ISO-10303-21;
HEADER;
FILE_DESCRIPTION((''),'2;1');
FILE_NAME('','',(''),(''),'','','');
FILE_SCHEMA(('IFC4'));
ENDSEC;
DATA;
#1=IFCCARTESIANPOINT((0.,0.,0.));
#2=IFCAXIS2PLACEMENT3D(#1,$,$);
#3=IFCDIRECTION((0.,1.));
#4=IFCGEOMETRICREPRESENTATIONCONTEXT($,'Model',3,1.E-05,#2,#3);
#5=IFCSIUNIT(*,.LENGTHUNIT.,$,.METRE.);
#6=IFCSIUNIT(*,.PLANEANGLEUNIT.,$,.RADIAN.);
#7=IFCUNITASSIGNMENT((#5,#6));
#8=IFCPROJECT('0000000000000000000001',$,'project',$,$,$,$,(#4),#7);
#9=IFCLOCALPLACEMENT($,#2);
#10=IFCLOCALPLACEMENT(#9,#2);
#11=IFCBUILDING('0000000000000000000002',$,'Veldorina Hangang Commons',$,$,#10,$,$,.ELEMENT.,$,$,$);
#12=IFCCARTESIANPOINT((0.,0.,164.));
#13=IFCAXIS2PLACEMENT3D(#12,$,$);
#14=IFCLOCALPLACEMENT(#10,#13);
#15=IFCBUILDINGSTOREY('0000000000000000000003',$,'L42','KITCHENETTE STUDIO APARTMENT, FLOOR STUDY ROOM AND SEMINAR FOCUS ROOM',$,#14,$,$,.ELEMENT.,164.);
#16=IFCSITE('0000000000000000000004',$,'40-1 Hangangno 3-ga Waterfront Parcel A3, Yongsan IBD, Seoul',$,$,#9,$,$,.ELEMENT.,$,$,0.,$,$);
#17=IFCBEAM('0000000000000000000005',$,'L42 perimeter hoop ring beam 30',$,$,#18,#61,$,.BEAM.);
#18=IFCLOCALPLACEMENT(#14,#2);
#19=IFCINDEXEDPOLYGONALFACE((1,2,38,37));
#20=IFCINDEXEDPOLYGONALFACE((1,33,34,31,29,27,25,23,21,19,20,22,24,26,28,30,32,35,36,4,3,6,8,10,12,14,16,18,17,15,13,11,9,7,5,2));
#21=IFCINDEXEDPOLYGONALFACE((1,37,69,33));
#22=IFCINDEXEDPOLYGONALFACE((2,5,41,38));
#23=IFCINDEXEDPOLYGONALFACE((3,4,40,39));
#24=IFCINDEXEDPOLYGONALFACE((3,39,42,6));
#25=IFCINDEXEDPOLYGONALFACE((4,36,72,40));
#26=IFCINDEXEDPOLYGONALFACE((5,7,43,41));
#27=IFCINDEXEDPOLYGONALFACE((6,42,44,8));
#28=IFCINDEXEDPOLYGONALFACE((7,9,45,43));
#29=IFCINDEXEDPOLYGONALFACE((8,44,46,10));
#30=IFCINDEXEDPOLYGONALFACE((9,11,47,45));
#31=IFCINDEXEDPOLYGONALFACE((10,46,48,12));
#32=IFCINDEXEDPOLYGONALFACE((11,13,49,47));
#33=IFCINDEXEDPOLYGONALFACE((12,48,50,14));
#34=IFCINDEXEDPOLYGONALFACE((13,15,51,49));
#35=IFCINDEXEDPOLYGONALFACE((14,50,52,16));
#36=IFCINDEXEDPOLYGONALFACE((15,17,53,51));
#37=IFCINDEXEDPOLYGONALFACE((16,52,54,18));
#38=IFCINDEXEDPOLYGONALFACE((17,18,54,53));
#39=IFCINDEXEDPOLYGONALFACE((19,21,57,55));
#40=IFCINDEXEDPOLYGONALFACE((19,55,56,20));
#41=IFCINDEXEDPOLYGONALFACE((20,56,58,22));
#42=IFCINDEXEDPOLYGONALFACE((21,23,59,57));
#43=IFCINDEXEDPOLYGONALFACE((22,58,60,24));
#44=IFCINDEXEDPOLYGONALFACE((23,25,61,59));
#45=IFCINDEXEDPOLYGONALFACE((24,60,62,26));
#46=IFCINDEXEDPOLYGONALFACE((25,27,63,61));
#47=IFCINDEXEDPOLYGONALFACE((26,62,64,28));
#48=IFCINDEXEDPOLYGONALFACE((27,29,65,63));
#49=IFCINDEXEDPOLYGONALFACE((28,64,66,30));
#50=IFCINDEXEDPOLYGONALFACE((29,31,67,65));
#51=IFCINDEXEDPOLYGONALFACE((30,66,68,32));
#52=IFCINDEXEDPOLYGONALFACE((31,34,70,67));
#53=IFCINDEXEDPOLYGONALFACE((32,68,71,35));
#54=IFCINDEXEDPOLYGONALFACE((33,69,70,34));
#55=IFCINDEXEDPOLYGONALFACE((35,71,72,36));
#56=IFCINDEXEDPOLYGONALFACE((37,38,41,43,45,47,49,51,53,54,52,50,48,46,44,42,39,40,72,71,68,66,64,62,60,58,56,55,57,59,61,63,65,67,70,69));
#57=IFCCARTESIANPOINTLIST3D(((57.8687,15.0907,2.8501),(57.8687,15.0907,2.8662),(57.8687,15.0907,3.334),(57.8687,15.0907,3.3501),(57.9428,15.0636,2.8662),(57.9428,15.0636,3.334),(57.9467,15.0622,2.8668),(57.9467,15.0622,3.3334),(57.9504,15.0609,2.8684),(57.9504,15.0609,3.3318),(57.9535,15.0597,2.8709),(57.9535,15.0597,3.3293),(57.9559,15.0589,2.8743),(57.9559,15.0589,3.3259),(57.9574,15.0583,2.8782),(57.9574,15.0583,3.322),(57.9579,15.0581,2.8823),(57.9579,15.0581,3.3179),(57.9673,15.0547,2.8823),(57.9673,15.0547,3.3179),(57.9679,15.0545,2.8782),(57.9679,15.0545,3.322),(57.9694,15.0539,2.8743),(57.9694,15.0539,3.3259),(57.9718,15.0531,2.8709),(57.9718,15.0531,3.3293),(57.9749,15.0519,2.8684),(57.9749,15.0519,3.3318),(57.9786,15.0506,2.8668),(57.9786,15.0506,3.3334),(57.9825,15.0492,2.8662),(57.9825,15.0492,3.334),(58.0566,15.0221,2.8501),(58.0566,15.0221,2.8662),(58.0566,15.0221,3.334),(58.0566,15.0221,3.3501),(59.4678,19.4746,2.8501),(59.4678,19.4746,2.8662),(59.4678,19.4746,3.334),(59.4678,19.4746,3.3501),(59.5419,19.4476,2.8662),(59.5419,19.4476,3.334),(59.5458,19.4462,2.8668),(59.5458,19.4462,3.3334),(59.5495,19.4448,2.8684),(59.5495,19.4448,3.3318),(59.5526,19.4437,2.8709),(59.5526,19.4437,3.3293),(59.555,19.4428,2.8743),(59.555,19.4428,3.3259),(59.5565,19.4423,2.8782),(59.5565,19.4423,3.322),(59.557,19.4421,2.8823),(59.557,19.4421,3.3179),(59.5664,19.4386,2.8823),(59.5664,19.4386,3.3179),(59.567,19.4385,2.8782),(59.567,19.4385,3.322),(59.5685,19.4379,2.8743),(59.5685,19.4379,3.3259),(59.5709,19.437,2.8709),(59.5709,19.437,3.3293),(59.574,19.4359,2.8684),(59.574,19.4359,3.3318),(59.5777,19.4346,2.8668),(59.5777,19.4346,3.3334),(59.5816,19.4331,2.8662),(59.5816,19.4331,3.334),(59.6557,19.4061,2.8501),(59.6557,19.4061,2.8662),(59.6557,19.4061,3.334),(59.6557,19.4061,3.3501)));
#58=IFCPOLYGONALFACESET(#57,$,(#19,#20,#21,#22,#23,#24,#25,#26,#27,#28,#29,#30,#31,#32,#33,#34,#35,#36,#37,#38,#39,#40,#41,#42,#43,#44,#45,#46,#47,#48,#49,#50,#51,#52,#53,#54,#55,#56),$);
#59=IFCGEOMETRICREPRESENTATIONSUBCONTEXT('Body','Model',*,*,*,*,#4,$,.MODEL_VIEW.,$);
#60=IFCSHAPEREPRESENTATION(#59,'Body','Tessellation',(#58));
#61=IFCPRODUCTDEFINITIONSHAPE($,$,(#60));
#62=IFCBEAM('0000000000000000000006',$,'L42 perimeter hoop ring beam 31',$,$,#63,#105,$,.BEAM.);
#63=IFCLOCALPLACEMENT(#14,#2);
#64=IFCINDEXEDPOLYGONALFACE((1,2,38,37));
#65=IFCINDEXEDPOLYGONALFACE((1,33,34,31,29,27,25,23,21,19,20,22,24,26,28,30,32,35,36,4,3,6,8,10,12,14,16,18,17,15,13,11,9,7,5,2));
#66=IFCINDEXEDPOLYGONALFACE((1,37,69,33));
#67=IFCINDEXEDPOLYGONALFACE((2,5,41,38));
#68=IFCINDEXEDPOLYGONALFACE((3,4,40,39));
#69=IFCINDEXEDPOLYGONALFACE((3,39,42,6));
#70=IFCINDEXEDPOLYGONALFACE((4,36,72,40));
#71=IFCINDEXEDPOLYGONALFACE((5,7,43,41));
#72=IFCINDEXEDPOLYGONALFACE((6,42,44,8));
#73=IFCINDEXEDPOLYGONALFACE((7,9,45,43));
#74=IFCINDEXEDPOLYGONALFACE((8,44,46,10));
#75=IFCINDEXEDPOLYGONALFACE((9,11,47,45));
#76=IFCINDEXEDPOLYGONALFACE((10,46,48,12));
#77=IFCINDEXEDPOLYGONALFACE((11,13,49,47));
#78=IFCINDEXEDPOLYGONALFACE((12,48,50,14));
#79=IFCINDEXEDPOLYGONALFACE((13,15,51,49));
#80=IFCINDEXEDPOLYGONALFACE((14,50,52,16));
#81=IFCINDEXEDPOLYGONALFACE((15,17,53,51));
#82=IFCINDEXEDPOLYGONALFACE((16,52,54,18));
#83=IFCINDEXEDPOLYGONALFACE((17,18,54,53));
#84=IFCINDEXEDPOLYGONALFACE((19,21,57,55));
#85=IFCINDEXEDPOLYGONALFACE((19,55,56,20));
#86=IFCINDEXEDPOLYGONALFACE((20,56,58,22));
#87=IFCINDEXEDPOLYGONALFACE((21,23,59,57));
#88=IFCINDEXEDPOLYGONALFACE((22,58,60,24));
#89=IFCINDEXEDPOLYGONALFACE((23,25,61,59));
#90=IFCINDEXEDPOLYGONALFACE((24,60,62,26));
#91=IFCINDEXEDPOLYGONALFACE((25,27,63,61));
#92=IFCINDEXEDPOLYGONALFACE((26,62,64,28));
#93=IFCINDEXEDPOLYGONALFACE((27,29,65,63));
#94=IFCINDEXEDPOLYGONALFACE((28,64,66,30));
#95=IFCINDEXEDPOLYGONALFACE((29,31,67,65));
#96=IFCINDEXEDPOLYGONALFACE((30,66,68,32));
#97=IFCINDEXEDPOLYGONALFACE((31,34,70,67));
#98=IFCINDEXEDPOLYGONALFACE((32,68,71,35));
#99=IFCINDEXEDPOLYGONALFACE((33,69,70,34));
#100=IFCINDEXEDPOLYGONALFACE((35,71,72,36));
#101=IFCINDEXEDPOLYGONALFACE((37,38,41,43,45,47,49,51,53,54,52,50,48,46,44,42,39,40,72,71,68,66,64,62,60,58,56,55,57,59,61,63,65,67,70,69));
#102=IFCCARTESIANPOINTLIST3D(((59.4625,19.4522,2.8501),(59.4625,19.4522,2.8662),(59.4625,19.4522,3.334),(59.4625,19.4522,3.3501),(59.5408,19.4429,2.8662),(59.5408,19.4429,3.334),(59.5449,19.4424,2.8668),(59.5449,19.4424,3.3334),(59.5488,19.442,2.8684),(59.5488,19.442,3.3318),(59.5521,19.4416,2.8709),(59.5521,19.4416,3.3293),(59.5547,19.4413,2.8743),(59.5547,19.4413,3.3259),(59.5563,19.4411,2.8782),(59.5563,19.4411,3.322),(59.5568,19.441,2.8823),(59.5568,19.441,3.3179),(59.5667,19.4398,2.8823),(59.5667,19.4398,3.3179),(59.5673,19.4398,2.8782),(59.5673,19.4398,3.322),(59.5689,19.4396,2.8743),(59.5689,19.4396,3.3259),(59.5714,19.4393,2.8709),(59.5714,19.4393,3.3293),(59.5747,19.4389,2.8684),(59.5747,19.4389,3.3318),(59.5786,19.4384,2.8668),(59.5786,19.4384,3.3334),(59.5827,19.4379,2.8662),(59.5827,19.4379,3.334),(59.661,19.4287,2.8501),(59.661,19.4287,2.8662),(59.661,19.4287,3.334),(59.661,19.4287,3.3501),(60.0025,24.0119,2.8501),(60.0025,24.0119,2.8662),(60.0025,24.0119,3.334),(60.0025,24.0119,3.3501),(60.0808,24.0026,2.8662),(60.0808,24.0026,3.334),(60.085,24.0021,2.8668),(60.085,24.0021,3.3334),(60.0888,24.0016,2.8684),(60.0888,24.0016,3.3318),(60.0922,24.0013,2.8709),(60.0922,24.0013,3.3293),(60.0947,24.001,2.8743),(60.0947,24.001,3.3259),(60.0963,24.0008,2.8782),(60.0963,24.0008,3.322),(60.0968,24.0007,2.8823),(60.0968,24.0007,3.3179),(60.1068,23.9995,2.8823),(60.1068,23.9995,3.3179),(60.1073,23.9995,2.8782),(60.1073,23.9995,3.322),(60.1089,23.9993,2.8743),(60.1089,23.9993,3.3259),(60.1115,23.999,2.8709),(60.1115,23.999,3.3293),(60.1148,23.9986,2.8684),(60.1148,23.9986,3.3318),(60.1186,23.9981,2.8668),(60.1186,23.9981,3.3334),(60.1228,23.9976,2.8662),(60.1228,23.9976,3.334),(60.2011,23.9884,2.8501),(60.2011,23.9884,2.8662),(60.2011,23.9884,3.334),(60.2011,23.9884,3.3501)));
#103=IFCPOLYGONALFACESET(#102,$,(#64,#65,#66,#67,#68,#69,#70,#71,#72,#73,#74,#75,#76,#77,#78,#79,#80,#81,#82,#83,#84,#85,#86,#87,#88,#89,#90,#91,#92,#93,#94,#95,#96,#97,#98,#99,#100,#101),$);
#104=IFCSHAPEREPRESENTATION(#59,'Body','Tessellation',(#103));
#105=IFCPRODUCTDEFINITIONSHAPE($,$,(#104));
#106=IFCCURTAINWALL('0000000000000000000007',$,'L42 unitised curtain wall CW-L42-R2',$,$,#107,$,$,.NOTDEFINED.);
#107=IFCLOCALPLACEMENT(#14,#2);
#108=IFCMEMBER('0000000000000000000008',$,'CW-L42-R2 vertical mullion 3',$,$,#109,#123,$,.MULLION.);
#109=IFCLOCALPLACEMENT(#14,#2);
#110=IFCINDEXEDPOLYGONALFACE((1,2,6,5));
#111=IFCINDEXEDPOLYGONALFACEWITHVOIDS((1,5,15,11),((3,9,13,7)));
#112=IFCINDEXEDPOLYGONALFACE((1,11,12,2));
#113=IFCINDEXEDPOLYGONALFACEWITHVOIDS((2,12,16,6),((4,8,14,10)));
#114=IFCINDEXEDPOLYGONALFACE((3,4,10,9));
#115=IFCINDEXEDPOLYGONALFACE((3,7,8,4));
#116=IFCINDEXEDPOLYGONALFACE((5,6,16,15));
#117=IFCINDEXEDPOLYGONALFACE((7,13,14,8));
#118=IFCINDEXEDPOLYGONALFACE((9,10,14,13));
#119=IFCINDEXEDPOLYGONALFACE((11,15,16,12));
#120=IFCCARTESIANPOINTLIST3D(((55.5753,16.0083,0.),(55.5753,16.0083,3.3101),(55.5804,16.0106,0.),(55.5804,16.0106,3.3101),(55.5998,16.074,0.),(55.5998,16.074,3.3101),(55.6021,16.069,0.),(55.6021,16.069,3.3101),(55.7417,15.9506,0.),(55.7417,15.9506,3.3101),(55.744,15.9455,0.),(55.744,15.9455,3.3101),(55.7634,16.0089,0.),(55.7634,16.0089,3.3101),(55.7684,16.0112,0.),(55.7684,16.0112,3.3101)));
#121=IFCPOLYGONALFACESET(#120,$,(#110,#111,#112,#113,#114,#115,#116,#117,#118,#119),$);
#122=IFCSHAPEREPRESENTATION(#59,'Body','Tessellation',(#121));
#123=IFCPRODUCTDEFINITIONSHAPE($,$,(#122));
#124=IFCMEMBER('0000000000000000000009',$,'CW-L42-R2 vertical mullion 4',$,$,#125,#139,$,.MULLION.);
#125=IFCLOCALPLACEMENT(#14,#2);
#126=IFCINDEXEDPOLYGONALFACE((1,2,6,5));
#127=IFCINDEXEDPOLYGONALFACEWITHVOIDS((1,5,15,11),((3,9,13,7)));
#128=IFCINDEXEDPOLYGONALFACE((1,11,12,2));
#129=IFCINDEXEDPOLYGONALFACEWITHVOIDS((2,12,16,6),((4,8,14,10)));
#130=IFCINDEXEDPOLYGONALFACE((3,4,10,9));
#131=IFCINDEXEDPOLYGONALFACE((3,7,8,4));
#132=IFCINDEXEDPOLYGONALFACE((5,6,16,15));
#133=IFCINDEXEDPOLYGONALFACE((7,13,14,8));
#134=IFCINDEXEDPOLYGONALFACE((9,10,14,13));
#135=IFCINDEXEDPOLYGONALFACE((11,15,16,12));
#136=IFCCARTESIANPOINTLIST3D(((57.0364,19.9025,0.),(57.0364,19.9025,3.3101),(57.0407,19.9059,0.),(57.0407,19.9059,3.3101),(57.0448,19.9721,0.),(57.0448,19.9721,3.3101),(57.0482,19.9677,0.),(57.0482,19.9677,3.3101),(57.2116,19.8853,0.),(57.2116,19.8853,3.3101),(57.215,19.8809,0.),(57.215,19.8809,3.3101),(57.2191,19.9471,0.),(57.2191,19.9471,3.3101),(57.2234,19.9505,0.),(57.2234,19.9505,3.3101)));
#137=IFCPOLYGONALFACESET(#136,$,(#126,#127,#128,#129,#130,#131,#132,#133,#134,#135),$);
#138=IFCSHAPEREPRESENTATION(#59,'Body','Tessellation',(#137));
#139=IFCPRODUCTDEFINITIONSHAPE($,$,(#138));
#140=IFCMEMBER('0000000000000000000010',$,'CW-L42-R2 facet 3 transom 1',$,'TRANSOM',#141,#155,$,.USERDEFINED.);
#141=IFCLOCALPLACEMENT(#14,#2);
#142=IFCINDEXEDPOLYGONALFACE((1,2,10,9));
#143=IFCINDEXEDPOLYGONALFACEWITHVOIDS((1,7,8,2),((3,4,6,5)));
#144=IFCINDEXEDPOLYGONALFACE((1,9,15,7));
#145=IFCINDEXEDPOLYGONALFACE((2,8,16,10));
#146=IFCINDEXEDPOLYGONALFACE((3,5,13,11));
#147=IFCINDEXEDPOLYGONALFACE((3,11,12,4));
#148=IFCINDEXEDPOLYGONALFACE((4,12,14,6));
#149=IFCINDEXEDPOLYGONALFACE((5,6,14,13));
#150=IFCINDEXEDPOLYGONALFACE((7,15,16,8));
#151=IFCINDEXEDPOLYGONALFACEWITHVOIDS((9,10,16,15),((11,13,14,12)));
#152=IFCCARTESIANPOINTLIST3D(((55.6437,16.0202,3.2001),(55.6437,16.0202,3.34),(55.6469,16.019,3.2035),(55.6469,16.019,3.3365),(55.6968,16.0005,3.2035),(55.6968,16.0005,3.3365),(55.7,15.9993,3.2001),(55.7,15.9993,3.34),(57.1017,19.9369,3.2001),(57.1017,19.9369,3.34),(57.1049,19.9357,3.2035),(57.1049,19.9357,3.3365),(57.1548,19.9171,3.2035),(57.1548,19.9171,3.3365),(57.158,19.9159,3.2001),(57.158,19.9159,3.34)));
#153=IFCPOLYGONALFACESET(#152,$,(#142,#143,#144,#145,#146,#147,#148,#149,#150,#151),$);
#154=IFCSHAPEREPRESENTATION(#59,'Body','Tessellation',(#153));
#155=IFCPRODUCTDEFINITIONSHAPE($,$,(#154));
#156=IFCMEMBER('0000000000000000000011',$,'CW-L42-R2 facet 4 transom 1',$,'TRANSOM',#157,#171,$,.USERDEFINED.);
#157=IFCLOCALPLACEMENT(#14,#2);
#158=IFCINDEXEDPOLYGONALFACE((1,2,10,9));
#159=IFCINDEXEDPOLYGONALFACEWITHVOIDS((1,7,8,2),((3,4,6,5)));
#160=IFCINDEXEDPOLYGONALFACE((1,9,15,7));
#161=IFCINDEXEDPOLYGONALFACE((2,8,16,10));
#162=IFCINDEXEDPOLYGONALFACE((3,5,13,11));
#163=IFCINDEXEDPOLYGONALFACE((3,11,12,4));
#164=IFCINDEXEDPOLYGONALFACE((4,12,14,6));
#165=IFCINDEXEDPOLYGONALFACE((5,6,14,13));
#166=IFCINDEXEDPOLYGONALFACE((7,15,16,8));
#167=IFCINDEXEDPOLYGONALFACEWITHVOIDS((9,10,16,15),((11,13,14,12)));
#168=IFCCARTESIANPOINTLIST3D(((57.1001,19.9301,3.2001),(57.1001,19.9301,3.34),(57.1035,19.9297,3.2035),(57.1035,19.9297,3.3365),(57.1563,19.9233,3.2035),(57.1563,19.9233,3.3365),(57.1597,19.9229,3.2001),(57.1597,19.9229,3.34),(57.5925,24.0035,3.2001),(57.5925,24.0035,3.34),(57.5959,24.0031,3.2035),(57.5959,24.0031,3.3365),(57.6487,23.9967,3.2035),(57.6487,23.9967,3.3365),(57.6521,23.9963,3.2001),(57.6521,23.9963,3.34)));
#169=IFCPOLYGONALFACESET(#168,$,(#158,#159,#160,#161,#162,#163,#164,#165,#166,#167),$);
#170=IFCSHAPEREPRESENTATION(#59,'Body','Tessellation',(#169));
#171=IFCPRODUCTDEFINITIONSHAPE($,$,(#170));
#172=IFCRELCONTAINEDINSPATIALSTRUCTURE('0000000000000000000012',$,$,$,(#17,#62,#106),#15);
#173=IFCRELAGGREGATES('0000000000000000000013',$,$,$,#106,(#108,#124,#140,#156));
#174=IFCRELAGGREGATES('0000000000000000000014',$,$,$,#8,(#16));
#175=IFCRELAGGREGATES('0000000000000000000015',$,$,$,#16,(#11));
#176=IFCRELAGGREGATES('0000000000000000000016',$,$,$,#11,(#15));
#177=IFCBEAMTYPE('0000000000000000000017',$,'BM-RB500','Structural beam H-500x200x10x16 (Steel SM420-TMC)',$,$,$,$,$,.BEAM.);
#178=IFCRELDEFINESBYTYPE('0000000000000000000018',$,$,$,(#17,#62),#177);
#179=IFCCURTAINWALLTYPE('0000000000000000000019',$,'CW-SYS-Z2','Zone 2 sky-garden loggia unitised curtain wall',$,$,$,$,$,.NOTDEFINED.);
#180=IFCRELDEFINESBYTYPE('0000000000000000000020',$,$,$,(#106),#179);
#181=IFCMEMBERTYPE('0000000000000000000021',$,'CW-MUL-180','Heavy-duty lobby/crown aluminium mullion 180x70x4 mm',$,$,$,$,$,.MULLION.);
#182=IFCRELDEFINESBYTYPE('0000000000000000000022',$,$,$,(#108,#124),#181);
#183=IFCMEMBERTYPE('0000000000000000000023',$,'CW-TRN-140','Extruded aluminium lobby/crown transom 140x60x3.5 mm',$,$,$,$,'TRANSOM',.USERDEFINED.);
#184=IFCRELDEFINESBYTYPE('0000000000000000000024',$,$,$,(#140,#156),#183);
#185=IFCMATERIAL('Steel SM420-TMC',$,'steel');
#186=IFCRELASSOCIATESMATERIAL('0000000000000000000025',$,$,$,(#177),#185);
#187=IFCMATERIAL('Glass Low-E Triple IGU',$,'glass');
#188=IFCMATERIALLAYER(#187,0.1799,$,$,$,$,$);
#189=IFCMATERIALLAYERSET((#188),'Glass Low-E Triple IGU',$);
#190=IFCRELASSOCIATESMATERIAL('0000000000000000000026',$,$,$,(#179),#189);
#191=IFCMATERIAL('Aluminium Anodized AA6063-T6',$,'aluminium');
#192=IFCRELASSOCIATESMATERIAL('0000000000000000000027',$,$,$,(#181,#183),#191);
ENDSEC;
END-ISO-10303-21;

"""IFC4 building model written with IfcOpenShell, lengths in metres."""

from ifc_helpers import new_model, si_unit, direction, frame, origin, origin_2d, place, context, subcontext, project, spatial, hollow_rectangle, i_section, extrude, material, layer, layer_set, material_profile, profile_set, type_object, element, aggregate, save


model = new_model("IFC4")

# Units and contexts
model_context = context("Model", 3, precision=1e-05, world=origin(), true_north=direction((0.0, 1.0)))
body_context = subcontext(model_context, "Body", "Model", "MODEL_VIEW")
ifc_project = project(units=[si_unit("LENGTHUNIT", "METRE"), si_unit("PLANEANGLEUNIT", "RADIAN")], contexts=[model_context])

# Site, building, storey
site_placement = place(None, origin())
site = spatial("IfcSite", under=ifc_project, at=site_placement, Name="40-1 Hangangno 3-ga Waterfront Parcel A3, Yongsan IBD, Seoul", CompositionType="ELEMENT", RefElevation=0.0)
building_placement = place(site_placement, origin())
building = spatial("IfcBuilding", under=site, at=building_placement, Name="Veldorina Hangang Commons", CompositionType="ELEMENT")
storey_placement = place(building_placement, frame((0.0, 0.0, 164.0)))
storey = spatial("IfcBuildingStorey", under=building, at=storey_placement, Name="L42", Description="KITCHENETTE STUDIO APARTMENT, FLOOR STUDY ROOM AND SEMINAR FOCUS ROOM", CompositionType="ELEMENT", Elevation=164.0)

# Beams
ifc_material_1 = material(Name="Steel SM420-TMC", Category="steel")
ifc_material_profile_1 = material_profile(ifc_material_1, i_section(OverallWidth=0.2, OverallDepth=0.5, WebThickness=0.01, FlangeThickness=0.0161, FilletRadius=0.0161, at=origin_2d()), Name="H-500x200x10x16")
ifc_profile_set_1 = profile_set([ifc_material_profile_1], Name="Steel SM420-TMC")
beam_type = type_object("IfcBeamType", Name="BM-RB500", Description="Structural beam H-500x200x10x16 (Steel SM420-TMC)", PredefinedType="BEAM", material=ifc_profile_set_1)
beam_1_placement = place(storey_placement, frame((57.9626, 15.0564, 3.1001), z_axis=(0.342675, 0.939454, 0.0), x_axis=(-0.939454, 0.342675, 0.0)))
element("IfcBeam", 1, at=beam_1_placement, inside=storey, type_object=beam_type, Name="L42 perimeter hoop ring beam 30", PredefinedType="BEAM", context=body_context, shape_type="SweptSolid", body=[
    extrude(i_section(OverallWidth=0.2, OverallDepth=0.5, WebThickness=0.01, FlangeThickness=0.0161, FilletRadius=0.0161, at=origin_2d()), origin(), (0.0, 0.0, 1.0), 4.6665),
])
beam_2_placement = place(storey_placement, frame((59.5618, 19.4404, 3.1001), z_axis=(0.117619, 0.993059, 0.0), x_axis=(-0.993059, 0.117619, 0.0)))
element("IfcBeam", 2, at=beam_2_placement, inside=storey, type_object=beam_type, Name="L42 perimeter hoop ring beam 31", PredefinedType="BEAM", context=body_context, shape_type="SweptSolid", body=[
    extrude(i_section(OverallWidth=0.2, OverallDepth=0.5, WebThickness=0.01, FlangeThickness=0.0161, FilletRadius=0.0161, at=origin_2d()), origin(), (0.0, 0.0, 1.0), 4.5916),
])

# Curtain wall, members
ifc_material_2 = material(Name="Glass Low-E Triple IGU", Category="glass")
ifc_layer_1 = layer(ifc_material_2, 0.1799)
ifc_layer_set_1 = layer_set([ifc_layer_1], Name="Glass Low-E Triple IGU")
curtain_wall_type = type_object("IfcCurtainWallType", Name="CW-SYS-Z2", Description="Zone 2 sky-garden loggia unitised curtain wall", PredefinedType="NOTDEFINED", material=ifc_layer_set_1)
curtain_wall_placement = place(storey_placement, origin())
curtain_wall = element("IfcCurtainWall", 3, at=curtain_wall_placement, inside=storey, type_object=curtain_wall_type, Name="L42 unitised curtain wall CW-L42-R2", PredefinedType="NOTDEFINED")
ifc_material_3 = material(Name="Aluminium Anodized AA6063-T6", Category="aluminium")
ifc_material_profile_2 = material_profile(ifc_material_3, hollow_rectangle(XDim=0.0701, YDim=0.1799, WallThickness=0.0039, at=origin_2d()), Name="ALU-RHS-180x70x4")
ifc_profile_set_2 = profile_set([ifc_material_profile_2], Name="Aluminium Anodized AA6063-T6")
member_type_1 = type_object("IfcMemberType", Name="CW-MUL-180", Description="Heavy-duty lobby/crown aluminium mullion 180x70x4 mm", PredefinedType="MULLION", material=ifc_profile_set_2)
member_1_placement = place(storey_placement, frame((55.6719, 16.0098, 0.0), z_axis=(0.0, 0.0, 1.0), x_axis=(0.348883, 0.937166, 0.0)))
member_1 = element("IfcMember", 4, at=member_1_placement, type_object=member_type_1, Name="CW-L42-R2 vertical mullion 3", PredefinedType="MULLION", context=body_context, shape_type="SweptSolid", body=[
    extrude(hollow_rectangle(XDim=0.0701, YDim=0.1799, WallThickness=0.0039, at=origin_2d()), origin(), (0.0, 0.0, 1.0), 3.3101),
])
member_2_placement = place(storey_placement, frame((57.1299, 19.9265, 0.0), z_axis=(0.0, 0.0, 1.0), x_axis=(0.119981, 0.992776, 0.0)))
member_2 = element("IfcMember", 5, at=member_2_placement, type_object=member_type_1, Name="CW-L42-R2 vertical mullion 4", PredefinedType="MULLION", context=body_context, shape_type="SweptSolid", body=[
    extrude(hollow_rectangle(XDim=0.0701, YDim=0.1799, WallThickness=0.0039, at=origin_2d()), origin(), (0.0, 0.0, 1.0), 3.3101),
])
ifc_material_profile_3 = material_profile(ifc_material_3, hollow_rectangle(XDim=0.0601, YDim=0.1399, WallThickness=0.0034, at=origin_2d()), Name="ALU-RHS-140x60x3.5")
ifc_profile_set_3 = profile_set([ifc_material_profile_3], Name="Aluminium Anodized AA6063-T6")
member_type_2 = type_object("IfcMemberType", Name="CW-TRN-140", Description="Extruded aluminium lobby/crown transom 140x60x3.5 mm", ElementType="TRANSOM", PredefinedType="USERDEFINED", material=ifc_profile_set_3)
member_3_placement = place(storey_placement, frame((55.6719, 16.0098, 3.27), z_axis=(0.348863, 0.937174, 0.0), x_axis=(-0.937174, 0.348863, 0.0)))
member_3 = element("IfcMember", 6, at=member_3_placement, type_object=member_type_2, Name="CW-L42-R2 facet 3 transom 1", ObjectType="TRANSOM", PredefinedType="USERDEFINED", context=body_context, shape_type="SweptSolid", body=[
    extrude(hollow_rectangle(XDim=0.0601, YDim=0.1399, WallThickness=0.0034, at=origin_2d()), origin(), (0.0, 0.0, 1.0), 4.1792),
])
member_4_placement = place(storey_placement, frame((57.1299, 19.9265, 3.27), z_axis=(0.120013, 0.992772, 0.0), x_axis=(-0.992772, 0.120013, 0.0)))
member_4 = element("IfcMember", 7, at=member_4_placement, type_object=member_type_2, Name="CW-L42-R2 facet 4 transom 1", ObjectType="TRANSOM", PredefinedType="USERDEFINED", context=body_context, shape_type="SweptSolid", body=[
    extrude(hollow_rectangle(XDim=0.0601, YDim=0.1399, WallThickness=0.0034, at=origin_2d()), origin(), (0.0, 0.0, 1.0), 4.103),
])

aggregate(curtain_wall, [member_1, member_2, member_3, member_4])

save(model, "model.ifc")
